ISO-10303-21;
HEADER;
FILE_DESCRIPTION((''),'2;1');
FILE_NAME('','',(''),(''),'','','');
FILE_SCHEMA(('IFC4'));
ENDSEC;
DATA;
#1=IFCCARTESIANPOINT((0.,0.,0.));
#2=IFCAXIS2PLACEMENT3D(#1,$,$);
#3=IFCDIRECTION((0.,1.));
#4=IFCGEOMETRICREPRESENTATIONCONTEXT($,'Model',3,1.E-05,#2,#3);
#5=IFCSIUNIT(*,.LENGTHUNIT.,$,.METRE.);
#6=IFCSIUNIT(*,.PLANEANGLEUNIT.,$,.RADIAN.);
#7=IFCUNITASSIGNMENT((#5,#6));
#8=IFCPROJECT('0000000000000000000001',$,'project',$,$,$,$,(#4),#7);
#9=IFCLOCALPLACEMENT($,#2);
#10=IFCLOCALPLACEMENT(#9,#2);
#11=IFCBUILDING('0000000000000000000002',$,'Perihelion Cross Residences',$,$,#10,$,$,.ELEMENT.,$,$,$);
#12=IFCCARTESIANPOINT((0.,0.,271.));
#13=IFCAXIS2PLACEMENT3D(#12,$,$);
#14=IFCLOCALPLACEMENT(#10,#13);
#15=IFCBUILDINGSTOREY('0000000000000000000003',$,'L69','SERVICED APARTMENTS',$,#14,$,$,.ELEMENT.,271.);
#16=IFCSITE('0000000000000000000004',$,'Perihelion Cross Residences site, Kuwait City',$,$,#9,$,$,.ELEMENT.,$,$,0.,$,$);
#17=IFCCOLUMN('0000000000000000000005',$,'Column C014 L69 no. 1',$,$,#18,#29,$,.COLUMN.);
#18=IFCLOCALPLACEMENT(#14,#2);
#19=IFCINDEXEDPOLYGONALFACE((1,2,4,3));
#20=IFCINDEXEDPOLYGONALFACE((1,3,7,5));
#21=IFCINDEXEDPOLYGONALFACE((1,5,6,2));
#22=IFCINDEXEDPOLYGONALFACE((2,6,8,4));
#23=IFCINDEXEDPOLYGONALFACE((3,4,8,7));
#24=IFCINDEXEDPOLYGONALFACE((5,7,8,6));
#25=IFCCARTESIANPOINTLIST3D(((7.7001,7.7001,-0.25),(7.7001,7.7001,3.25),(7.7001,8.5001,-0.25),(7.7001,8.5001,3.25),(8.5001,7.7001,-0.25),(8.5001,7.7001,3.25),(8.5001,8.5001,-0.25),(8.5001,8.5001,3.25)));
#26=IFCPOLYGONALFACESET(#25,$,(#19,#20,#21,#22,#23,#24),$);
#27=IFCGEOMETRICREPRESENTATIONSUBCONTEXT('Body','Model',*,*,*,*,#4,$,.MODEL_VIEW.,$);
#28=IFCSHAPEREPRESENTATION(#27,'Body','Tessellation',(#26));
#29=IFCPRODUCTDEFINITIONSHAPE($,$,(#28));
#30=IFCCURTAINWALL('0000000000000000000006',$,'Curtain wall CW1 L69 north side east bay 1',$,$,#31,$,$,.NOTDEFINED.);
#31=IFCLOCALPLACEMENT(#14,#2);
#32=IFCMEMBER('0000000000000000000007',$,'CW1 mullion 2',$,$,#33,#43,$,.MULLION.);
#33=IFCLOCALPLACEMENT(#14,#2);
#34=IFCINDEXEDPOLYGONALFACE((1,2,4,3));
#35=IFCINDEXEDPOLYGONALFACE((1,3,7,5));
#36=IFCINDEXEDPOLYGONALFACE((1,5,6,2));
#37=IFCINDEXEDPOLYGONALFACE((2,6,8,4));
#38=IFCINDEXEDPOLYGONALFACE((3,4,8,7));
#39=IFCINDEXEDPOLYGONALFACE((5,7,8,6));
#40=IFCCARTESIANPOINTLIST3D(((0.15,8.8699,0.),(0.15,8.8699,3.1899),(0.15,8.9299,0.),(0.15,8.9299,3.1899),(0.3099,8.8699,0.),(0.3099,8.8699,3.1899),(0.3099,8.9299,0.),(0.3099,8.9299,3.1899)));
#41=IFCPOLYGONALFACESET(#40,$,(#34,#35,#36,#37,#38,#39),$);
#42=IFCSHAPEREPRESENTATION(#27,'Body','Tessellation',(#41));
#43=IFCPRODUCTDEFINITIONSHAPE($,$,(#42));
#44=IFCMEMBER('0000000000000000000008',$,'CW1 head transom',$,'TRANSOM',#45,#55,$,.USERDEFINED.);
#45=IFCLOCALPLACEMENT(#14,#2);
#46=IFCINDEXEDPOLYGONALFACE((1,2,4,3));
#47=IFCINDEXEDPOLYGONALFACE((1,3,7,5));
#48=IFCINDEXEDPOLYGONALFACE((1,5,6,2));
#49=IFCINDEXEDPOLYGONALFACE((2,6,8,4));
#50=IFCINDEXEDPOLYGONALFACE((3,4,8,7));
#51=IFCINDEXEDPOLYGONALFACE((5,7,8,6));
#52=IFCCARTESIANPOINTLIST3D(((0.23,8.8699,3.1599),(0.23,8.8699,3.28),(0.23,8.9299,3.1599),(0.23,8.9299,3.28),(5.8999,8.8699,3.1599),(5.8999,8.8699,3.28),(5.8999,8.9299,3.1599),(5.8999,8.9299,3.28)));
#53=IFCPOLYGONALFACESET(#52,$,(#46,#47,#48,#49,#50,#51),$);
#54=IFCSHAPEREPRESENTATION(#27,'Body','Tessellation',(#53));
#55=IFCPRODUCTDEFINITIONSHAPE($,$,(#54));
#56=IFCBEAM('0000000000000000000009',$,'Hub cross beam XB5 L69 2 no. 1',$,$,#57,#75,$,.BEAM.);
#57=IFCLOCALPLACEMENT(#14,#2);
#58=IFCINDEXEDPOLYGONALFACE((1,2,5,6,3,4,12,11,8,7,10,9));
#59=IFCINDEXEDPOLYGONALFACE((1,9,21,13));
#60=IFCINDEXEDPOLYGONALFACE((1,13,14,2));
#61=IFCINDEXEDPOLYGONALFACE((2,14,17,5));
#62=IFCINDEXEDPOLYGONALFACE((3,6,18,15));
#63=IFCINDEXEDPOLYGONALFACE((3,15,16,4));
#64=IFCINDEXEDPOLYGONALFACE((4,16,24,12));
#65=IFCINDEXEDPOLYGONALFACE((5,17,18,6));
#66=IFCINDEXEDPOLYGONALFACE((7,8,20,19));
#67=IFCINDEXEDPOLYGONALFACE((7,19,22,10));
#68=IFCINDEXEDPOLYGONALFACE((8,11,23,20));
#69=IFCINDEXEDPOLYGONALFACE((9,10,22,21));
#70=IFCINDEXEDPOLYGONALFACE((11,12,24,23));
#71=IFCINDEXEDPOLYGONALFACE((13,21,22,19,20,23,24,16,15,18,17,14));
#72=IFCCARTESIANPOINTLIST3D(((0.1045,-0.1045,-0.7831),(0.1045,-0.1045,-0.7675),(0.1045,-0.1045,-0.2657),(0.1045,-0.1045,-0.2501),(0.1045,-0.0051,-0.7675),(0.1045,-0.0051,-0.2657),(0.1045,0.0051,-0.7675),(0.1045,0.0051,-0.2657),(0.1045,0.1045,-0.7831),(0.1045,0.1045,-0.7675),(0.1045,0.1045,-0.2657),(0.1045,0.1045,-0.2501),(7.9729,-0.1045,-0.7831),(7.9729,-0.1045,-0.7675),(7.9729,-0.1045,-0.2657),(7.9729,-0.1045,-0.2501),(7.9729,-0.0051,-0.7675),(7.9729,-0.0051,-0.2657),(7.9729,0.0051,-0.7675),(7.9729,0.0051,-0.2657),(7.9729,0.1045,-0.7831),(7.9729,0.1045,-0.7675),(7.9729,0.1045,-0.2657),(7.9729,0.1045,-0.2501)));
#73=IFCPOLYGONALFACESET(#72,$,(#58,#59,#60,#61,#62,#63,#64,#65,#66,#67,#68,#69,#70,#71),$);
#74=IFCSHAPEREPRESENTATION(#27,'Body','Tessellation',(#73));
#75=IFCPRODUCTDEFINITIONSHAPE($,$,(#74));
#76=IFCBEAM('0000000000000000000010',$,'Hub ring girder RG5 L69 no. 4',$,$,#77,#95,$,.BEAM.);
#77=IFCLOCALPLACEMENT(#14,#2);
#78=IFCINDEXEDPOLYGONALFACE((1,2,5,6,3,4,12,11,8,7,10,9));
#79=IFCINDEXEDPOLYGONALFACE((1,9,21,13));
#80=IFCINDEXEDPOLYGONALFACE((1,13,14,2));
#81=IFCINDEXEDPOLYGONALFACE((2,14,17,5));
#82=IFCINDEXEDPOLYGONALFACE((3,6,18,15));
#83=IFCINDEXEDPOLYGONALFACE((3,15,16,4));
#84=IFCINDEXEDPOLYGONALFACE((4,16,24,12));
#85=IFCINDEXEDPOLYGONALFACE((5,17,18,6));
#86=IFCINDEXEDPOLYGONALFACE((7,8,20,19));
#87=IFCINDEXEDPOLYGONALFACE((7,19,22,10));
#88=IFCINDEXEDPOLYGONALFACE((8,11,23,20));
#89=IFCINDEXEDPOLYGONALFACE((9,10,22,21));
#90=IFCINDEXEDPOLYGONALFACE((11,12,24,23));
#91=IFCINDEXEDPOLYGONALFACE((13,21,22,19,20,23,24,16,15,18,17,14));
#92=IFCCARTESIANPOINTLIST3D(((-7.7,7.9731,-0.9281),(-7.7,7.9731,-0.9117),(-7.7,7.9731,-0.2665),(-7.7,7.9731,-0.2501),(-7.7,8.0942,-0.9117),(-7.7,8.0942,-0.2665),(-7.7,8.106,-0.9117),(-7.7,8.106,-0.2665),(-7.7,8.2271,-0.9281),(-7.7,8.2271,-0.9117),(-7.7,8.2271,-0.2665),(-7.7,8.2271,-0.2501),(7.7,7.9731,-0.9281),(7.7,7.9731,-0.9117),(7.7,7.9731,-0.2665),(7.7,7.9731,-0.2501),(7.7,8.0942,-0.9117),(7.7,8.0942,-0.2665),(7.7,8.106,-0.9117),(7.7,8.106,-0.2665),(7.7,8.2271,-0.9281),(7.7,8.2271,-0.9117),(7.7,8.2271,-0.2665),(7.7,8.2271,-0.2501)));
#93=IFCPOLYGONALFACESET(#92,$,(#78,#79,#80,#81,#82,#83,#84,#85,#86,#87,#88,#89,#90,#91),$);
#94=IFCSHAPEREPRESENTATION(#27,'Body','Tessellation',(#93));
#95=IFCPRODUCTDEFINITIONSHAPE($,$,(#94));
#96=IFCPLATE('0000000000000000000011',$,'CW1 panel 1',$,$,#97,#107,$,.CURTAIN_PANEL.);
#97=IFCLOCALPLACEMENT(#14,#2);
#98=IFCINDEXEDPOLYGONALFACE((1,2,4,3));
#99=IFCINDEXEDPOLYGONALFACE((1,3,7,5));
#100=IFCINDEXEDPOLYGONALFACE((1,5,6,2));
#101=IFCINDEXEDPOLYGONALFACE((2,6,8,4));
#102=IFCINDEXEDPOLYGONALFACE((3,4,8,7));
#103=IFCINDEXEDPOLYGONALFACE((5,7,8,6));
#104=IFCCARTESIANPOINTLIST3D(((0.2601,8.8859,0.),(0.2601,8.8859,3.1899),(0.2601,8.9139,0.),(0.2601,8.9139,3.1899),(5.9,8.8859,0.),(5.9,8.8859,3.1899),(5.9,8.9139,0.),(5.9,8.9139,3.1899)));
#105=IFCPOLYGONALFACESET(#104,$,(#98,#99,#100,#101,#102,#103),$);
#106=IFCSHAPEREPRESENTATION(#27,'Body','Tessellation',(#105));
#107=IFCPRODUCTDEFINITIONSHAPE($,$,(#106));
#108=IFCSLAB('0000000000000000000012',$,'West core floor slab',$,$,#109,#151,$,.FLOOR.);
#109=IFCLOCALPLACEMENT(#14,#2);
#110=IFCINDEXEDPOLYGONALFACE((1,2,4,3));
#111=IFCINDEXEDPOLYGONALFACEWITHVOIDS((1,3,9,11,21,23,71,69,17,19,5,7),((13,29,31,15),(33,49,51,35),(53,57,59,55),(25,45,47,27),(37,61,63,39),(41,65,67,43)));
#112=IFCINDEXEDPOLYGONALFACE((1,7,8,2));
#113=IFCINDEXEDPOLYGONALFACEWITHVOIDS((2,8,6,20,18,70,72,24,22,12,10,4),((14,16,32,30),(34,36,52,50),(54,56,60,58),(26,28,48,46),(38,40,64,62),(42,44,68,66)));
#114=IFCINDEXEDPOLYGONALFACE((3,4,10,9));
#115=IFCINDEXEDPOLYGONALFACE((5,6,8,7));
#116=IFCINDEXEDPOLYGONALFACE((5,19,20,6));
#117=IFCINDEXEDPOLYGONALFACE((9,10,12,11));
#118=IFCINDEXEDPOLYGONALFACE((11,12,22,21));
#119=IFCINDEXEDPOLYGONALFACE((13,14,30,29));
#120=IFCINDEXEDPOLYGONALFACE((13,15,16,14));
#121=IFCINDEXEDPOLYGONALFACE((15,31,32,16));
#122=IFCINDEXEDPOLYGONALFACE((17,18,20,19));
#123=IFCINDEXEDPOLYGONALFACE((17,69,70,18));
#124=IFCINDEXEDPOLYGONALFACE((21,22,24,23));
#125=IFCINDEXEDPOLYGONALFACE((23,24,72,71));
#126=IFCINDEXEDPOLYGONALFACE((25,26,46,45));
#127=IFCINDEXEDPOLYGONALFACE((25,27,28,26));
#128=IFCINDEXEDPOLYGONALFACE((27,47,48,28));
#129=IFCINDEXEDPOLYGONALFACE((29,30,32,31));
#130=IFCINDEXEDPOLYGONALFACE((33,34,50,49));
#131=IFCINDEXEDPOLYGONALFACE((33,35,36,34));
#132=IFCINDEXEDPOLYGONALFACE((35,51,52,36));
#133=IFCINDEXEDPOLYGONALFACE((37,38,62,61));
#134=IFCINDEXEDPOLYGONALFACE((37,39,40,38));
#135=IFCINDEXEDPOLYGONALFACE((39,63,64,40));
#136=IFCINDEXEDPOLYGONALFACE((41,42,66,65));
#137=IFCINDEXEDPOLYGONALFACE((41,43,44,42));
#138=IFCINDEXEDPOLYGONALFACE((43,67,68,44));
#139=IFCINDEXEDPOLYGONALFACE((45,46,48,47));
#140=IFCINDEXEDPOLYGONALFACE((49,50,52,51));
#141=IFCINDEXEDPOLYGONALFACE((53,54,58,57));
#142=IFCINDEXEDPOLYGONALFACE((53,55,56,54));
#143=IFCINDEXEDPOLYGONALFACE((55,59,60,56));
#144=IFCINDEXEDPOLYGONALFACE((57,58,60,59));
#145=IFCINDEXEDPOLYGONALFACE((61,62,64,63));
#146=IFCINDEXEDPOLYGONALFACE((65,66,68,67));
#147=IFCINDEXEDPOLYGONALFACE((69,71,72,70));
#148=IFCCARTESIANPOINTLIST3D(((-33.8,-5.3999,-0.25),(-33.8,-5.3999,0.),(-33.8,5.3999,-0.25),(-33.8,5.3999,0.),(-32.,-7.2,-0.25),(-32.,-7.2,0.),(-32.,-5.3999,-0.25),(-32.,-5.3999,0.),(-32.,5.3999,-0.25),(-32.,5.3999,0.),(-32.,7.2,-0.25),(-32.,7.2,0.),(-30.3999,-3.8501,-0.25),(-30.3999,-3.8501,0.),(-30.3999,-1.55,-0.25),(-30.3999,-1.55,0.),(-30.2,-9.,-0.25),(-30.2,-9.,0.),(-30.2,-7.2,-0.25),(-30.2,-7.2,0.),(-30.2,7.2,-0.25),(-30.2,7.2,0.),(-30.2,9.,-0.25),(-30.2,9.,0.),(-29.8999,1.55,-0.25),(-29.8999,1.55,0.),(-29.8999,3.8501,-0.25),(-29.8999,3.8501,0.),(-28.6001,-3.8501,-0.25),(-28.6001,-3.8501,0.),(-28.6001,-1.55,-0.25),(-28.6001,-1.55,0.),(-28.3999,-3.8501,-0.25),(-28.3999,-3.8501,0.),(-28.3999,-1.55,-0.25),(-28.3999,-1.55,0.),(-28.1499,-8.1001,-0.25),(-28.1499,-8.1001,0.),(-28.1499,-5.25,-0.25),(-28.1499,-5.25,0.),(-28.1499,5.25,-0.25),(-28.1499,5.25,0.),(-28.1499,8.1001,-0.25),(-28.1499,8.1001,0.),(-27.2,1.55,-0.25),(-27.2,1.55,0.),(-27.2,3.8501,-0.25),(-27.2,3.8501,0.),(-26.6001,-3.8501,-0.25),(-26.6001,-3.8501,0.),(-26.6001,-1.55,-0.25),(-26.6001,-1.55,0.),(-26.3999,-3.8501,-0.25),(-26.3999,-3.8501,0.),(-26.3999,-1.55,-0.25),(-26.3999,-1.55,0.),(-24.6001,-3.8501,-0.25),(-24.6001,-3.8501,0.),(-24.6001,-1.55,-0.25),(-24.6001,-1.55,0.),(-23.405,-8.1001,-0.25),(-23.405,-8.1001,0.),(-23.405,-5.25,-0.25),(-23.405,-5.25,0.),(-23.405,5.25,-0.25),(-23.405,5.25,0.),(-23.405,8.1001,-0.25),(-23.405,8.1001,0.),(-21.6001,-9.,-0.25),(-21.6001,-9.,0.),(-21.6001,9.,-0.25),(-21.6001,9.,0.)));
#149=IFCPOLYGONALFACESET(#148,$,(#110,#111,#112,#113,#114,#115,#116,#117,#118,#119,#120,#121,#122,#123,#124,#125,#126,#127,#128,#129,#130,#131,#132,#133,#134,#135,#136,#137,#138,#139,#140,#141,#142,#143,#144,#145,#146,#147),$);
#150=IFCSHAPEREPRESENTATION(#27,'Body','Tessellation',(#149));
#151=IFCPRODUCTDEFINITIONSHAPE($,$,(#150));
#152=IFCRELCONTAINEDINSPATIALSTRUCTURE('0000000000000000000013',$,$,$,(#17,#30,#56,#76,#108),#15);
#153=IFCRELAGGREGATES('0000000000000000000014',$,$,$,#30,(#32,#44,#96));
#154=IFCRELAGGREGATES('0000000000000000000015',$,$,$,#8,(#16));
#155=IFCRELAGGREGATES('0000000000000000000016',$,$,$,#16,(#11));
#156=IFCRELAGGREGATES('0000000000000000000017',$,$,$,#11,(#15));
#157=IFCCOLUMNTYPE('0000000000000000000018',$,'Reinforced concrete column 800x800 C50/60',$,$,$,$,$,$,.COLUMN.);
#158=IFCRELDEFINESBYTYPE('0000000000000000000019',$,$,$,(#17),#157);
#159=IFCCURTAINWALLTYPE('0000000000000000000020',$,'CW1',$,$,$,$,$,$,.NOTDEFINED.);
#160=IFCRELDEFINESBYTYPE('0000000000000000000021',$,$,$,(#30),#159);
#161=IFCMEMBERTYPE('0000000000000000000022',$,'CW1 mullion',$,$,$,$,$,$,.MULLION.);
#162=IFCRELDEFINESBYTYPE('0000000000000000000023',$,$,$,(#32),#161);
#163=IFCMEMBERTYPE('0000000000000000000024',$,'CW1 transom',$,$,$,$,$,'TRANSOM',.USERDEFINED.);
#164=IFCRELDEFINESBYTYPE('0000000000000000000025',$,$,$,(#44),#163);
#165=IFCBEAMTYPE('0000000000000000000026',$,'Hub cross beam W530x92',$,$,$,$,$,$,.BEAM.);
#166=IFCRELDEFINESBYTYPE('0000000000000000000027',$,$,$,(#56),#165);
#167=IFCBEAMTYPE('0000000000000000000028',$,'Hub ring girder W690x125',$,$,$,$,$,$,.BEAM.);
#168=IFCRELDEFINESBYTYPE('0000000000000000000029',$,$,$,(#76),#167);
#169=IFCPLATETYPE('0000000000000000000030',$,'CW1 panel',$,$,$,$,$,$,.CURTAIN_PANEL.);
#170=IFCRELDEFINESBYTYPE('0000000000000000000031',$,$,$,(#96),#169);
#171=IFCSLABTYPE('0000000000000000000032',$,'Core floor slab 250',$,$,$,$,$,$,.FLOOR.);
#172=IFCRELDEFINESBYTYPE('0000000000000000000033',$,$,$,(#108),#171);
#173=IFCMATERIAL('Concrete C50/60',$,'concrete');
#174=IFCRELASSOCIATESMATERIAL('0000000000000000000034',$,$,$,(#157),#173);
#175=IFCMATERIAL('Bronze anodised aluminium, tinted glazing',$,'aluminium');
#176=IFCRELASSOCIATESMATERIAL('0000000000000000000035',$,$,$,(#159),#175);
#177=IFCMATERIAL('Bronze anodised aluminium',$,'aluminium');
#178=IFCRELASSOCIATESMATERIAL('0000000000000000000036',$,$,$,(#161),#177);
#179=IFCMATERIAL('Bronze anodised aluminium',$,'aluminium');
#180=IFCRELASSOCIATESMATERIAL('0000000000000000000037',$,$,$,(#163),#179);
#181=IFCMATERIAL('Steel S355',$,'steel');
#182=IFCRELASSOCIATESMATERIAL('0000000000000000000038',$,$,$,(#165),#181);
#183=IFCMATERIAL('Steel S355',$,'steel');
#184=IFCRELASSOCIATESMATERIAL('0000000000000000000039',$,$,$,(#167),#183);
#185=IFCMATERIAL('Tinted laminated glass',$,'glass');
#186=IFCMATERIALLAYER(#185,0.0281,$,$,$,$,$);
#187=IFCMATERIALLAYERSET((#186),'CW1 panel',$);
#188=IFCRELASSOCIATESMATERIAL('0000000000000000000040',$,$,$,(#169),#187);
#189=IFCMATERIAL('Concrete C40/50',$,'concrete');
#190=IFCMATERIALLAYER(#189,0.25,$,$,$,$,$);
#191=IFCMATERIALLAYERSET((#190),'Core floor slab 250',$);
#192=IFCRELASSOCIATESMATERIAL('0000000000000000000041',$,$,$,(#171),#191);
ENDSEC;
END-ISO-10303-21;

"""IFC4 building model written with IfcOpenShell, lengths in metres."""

from ifc_helpers import new_model, si_unit, direction, frame, origin, origin_2d, place, context, subcontext, project, spatial, polyline, rectangle, i_section, outline, extrude, material, layer, layer_set, material_profile, profile_set, type_object, element, aggregate, save


model = new_model("IFC4")

# Units and contexts
model_context = context("Model", 3, precision=1e-05, world=origin(), true_north=direction((0.0, 1.0)))
body_context = subcontext(model_context, "Body", "Model", "MODEL_VIEW")
ifc_project = project(units=[si_unit("LENGTHUNIT", "METRE"), si_unit("PLANEANGLEUNIT", "RADIAN")], contexts=[model_context])

# Site, building, storey
site_placement = place(None, origin())
site = spatial("IfcSite", under=ifc_project, at=site_placement, Name="Perihelion Cross Residences site, Kuwait City", CompositionType="ELEMENT", RefElevation=0.0)
building_placement = place(site_placement, origin())
building = spatial("IfcBuilding", under=site, at=building_placement, Name="Perihelion Cross Residences", CompositionType="ELEMENT")
storey_placement = place(building_placement, frame((0.0, 0.0, 271.0)))
storey = spatial("IfcBuildingStorey", under=building, at=storey_placement, Name="L69", Description="SERVICED APARTMENTS", CompositionType="ELEMENT", Elevation=271.0)

# Column
ifc_material_1 = material(Name="Concrete C50/60", Category="concrete")
ifc_material_profile_1 = material_profile(ifc_material_1, rectangle(XDim=0.8, YDim=0.8, at=origin_2d()), Name="RC 800x800")
ifc_profile_set_1 = profile_set([ifc_material_profile_1], Name="Concrete C50/60")
column_type = type_object("IfcColumnType", Name="Reinforced concrete column 800x800 C50/60", PredefinedType="COLUMN", material=ifc_profile_set_1)
column_placement = place(storey_placement, frame((8.1001, 8.1001, -0.25), z_axis=(0.0, 0.0, 1.0), x_axis=(1.0, 0.0, 0.0)))
element("IfcColumn", 1, at=column_placement, inside=storey, type_object=column_type, Name="Column C014 L69 no. 1", PredefinedType="COLUMN", context=body_context, shape_type="SweptSolid", body=[
    extrude(rectangle(XDim=0.8, YDim=0.8, at=origin_2d()), origin(), (0.0, 0.0, 1.0), 3.5),
])

# Curtain wall, members
ifc_material_2 = material(Name="Bronze anodised aluminium, tinted glazing", Category="aluminium")
curtain_wall_type = type_object("IfcCurtainWallType", Name="CW1", PredefinedType="NOTDEFINED", material=ifc_material_2)
curtain_wall_placement = place(storey_placement, origin())
curtain_wall = element("IfcCurtainWall", 2, at=curtain_wall_placement, inside=storey, type_object=curtain_wall_type, Name="Curtain wall CW1 L69 north side east bay 1", PredefinedType="NOTDEFINED")
ifc_material_3 = material(Name="Bronze anodised aluminium", Category="aluminium")
ifc_material_profile_2 = material_profile(ifc_material_3, rectangle(XDim=0.0601, YDim=0.1599, at=origin_2d()), Name="CW1 mullion")
ifc_profile_set_2 = profile_set([ifc_material_profile_2], Name="Bronze anodised aluminium")
member_type_1 = type_object("IfcMemberType", Name="CW1 mullion", PredefinedType="MULLION", material=ifc_profile_set_2)
member_1_placement = place(storey_placement, frame((0.23, 8.8999, 0.0), z_axis=(0.0, 0.0, 1.0), x_axis=(0.0, -1.0, 0.0)))
member_1 = element("IfcMember", 3, at=member_1_placement, type_object=member_type_1, Name="CW1 mullion 2", PredefinedType="MULLION", context=body_context, shape_type="SweptSolid", body=[
    extrude(rectangle(XDim=0.0601, YDim=0.1599, at=origin_2d()), origin(), (0.0, 0.0, 1.0), 3.1899),
])
ifc_material_4 = material(Name="Bronze anodised aluminium", Category="aluminium")
ifc_material_profile_3 = material_profile(ifc_material_4, rectangle(XDim=0.0601, YDim=0.1201, at=origin_2d()), Name="CW1 transom")
ifc_profile_set_3 = profile_set([ifc_material_profile_3], Name="Bronze anodised aluminium")
member_type_2 = type_object("IfcMemberType", Name="CW1 transom", ElementType="TRANSOM", PredefinedType="USERDEFINED", material=ifc_profile_set_3)
member_2_placement = place(storey_placement, frame((5.8999, 8.8999, 3.22), z_axis=(-1.0, 0.0, 0.0), x_axis=(0.0, -1.0, 0.0)))
member_2 = element("IfcMember", 4, at=member_2_placement, type_object=member_type_2, Name="CW1 head transom", ObjectType="TRANSOM", PredefinedType="USERDEFINED", context=body_context, shape_type="SweptSolid", body=[
    extrude(rectangle(XDim=0.0601, YDim=0.1201, at=origin_2d()), origin(), (0.0, 0.0, 1.0), 5.6699),
])

# Beams
ifc_material_5 = material(Name="Steel S355", Category="steel")
ifc_material_profile_4 = material_profile(ifc_material_5, i_section(OverallWidth=0.209, OverallDepth=0.533, WebThickness=0.0103, FlangeThickness=0.0156, at=origin_2d()), Name="W530x92")
ifc_profile_set_4 = profile_set([ifc_material_profile_4], Name="Steel S355")
beam_type_1 = type_object("IfcBeamType", Name="Hub cross beam W530x92", PredefinedType="BEAM", material=ifc_profile_set_4)
beam_1_placement = place(storey_placement, frame((0.1045, 0.0, -0.5166), z_axis=(1.0, 0.0, 0.0), x_axis=(0.0, 1.0, 0.0)))
element("IfcBeam", 5, at=beam_1_placement, inside=storey, type_object=beam_type_1, Name="Hub cross beam XB5 L69 2 no. 1", PredefinedType="BEAM", context=body_context, shape_type="SweptSolid", body=[
    extrude(i_section(OverallWidth=0.209, OverallDepth=0.533, WebThickness=0.0103, FlangeThickness=0.0156, at=origin_2d()), origin(), (0.0, 0.0, 1.0), 7.8684),
])
ifc_material_6 = material(Name="Steel S355", Category="steel")
ifc_material_profile_5 = material_profile(ifc_material_6, i_section(OverallWidth=0.2539, OverallDepth=0.678, WebThickness=0.0117, FlangeThickness=0.0164, at=origin_2d()), Name="W690x125")
ifc_profile_set_5 = profile_set([ifc_material_profile_5], Name="Steel S355")
beam_type_2 = type_object("IfcBeamType", Name="Hub ring girder W690x125", PredefinedType="BEAM", material=ifc_profile_set_5)
beam_2_placement = place(storey_placement, frame((7.7, 8.1001, -0.5891), z_axis=(-1.0, 0.0, 0.0), x_axis=(0.0, -1.0, 0.0)))
element("IfcBeam", 6, at=beam_2_placement, inside=storey, type_object=beam_type_2, Name="Hub ring girder RG5 L69 no. 4", PredefinedType="BEAM", context=body_context, shape_type="SweptSolid", body=[
    extrude(i_section(OverallWidth=0.2539, OverallDepth=0.678, WebThickness=0.0117, FlangeThickness=0.0164, at=origin_2d()), origin(), (0.0, 0.0, 1.0), 15.3999),
])

# Plate
ifc_material_7 = material(Name="Tinted laminated glass", Category="glass")
ifc_layer_1 = layer(ifc_material_7, 0.0281)
ifc_layer_set_1 = layer_set([ifc_layer_1], Name="CW1 panel")
plate_type = type_object("IfcPlateType", Name="CW1 panel", PredefinedType="CURTAIN_PANEL", material=ifc_layer_set_1)
plate_placement = place(storey_placement, frame((3.0801, 8.8999, 0.0), z_axis=(0.0, 0.0, 1.0), x_axis=(-1.0, 0.0, 0.0)))
plate = element("IfcPlate", 7, at=plate_placement, type_object=plate_type, Name="CW1 panel 1", PredefinedType="CURTAIN_PANEL", context=body_context, shape_type="SweptSolid", body=[
    extrude(rectangle(XDim=5.6399, YDim=0.0281, at=origin_2d()), origin(), (0.0, 0.0, 1.0), 3.1899),
])
aggregate(curtain_wall, [member_1, member_2, plate])

# Slab
ifc_material_8 = material(Name="Concrete C40/50", Category="concrete")
ifc_layer_2 = layer(ifc_material_8, 0.25)
ifc_layer_set_2 = layer_set([ifc_layer_2], Name="Core floor slab 250")
slab_type = type_object("IfcSlabType", Name="Core floor slab 250", PredefinedType="FLOOR", material=ifc_layer_set_2)
slab_placement = place(storey_placement, frame((0.0, 0.0, -0.25)))
element("IfcSlab", 8, at=slab_placement, inside=storey, type_object=slab_type, Name="West core floor slab", PredefinedType="FLOOR", context=body_context, shape_type="SweptSolid", body=[
    extrude(outline(polyline([(-30.2, 7.2), (-32.0, 7.2), (-32.0, 5.3999), (-33.8, 5.3999), (-33.8, -5.3999), (-32.0, -5.3999), (-32.0, -7.2), (-30.2, -7.2), (-30.2, -9.0), (-21.6001, -9.0), (-21.6001, 9.0), (-30.2, 9.0), (-30.2, 7.2)]), holes=[polyline([(-28.1499, -8.1001), (-28.1499, -5.25), (-23.405, -5.25), (-23.405, -8.1001), (-28.1499, -8.1001)]), polyline([(-24.6001, -1.55), (-24.6001, -3.8501), (-26.3999, -3.8501), (-26.3999, -1.55), (-24.6001, -1.55)]), polyline([(-26.6001, -1.55), (-26.6001, -3.8501), (-28.3999, -3.8501), (-28.3999, -1.55), (-26.6001, -1.55)]), polyline([(-28.6001, -3.8501), (-30.3999, -3.8501), (-30.3999, -1.55), (-28.6001, -1.55), (-28.6001, -3.8501)]), polyline([(-27.2, 3.8501), (-27.2, 1.55), (-29.8999, 1.55), (-29.8999, 3.8501), (-27.2, 3.8501)]), polyline([(-23.405, 5.25), (-28.1499, 5.25), (-28.1499, 8.1001), (-23.405, 8.1001), (-23.405, 5.25)])]), origin(), (0.0, 0.0, 1.0), 0.25),
])

save(model, "model.ifc")
